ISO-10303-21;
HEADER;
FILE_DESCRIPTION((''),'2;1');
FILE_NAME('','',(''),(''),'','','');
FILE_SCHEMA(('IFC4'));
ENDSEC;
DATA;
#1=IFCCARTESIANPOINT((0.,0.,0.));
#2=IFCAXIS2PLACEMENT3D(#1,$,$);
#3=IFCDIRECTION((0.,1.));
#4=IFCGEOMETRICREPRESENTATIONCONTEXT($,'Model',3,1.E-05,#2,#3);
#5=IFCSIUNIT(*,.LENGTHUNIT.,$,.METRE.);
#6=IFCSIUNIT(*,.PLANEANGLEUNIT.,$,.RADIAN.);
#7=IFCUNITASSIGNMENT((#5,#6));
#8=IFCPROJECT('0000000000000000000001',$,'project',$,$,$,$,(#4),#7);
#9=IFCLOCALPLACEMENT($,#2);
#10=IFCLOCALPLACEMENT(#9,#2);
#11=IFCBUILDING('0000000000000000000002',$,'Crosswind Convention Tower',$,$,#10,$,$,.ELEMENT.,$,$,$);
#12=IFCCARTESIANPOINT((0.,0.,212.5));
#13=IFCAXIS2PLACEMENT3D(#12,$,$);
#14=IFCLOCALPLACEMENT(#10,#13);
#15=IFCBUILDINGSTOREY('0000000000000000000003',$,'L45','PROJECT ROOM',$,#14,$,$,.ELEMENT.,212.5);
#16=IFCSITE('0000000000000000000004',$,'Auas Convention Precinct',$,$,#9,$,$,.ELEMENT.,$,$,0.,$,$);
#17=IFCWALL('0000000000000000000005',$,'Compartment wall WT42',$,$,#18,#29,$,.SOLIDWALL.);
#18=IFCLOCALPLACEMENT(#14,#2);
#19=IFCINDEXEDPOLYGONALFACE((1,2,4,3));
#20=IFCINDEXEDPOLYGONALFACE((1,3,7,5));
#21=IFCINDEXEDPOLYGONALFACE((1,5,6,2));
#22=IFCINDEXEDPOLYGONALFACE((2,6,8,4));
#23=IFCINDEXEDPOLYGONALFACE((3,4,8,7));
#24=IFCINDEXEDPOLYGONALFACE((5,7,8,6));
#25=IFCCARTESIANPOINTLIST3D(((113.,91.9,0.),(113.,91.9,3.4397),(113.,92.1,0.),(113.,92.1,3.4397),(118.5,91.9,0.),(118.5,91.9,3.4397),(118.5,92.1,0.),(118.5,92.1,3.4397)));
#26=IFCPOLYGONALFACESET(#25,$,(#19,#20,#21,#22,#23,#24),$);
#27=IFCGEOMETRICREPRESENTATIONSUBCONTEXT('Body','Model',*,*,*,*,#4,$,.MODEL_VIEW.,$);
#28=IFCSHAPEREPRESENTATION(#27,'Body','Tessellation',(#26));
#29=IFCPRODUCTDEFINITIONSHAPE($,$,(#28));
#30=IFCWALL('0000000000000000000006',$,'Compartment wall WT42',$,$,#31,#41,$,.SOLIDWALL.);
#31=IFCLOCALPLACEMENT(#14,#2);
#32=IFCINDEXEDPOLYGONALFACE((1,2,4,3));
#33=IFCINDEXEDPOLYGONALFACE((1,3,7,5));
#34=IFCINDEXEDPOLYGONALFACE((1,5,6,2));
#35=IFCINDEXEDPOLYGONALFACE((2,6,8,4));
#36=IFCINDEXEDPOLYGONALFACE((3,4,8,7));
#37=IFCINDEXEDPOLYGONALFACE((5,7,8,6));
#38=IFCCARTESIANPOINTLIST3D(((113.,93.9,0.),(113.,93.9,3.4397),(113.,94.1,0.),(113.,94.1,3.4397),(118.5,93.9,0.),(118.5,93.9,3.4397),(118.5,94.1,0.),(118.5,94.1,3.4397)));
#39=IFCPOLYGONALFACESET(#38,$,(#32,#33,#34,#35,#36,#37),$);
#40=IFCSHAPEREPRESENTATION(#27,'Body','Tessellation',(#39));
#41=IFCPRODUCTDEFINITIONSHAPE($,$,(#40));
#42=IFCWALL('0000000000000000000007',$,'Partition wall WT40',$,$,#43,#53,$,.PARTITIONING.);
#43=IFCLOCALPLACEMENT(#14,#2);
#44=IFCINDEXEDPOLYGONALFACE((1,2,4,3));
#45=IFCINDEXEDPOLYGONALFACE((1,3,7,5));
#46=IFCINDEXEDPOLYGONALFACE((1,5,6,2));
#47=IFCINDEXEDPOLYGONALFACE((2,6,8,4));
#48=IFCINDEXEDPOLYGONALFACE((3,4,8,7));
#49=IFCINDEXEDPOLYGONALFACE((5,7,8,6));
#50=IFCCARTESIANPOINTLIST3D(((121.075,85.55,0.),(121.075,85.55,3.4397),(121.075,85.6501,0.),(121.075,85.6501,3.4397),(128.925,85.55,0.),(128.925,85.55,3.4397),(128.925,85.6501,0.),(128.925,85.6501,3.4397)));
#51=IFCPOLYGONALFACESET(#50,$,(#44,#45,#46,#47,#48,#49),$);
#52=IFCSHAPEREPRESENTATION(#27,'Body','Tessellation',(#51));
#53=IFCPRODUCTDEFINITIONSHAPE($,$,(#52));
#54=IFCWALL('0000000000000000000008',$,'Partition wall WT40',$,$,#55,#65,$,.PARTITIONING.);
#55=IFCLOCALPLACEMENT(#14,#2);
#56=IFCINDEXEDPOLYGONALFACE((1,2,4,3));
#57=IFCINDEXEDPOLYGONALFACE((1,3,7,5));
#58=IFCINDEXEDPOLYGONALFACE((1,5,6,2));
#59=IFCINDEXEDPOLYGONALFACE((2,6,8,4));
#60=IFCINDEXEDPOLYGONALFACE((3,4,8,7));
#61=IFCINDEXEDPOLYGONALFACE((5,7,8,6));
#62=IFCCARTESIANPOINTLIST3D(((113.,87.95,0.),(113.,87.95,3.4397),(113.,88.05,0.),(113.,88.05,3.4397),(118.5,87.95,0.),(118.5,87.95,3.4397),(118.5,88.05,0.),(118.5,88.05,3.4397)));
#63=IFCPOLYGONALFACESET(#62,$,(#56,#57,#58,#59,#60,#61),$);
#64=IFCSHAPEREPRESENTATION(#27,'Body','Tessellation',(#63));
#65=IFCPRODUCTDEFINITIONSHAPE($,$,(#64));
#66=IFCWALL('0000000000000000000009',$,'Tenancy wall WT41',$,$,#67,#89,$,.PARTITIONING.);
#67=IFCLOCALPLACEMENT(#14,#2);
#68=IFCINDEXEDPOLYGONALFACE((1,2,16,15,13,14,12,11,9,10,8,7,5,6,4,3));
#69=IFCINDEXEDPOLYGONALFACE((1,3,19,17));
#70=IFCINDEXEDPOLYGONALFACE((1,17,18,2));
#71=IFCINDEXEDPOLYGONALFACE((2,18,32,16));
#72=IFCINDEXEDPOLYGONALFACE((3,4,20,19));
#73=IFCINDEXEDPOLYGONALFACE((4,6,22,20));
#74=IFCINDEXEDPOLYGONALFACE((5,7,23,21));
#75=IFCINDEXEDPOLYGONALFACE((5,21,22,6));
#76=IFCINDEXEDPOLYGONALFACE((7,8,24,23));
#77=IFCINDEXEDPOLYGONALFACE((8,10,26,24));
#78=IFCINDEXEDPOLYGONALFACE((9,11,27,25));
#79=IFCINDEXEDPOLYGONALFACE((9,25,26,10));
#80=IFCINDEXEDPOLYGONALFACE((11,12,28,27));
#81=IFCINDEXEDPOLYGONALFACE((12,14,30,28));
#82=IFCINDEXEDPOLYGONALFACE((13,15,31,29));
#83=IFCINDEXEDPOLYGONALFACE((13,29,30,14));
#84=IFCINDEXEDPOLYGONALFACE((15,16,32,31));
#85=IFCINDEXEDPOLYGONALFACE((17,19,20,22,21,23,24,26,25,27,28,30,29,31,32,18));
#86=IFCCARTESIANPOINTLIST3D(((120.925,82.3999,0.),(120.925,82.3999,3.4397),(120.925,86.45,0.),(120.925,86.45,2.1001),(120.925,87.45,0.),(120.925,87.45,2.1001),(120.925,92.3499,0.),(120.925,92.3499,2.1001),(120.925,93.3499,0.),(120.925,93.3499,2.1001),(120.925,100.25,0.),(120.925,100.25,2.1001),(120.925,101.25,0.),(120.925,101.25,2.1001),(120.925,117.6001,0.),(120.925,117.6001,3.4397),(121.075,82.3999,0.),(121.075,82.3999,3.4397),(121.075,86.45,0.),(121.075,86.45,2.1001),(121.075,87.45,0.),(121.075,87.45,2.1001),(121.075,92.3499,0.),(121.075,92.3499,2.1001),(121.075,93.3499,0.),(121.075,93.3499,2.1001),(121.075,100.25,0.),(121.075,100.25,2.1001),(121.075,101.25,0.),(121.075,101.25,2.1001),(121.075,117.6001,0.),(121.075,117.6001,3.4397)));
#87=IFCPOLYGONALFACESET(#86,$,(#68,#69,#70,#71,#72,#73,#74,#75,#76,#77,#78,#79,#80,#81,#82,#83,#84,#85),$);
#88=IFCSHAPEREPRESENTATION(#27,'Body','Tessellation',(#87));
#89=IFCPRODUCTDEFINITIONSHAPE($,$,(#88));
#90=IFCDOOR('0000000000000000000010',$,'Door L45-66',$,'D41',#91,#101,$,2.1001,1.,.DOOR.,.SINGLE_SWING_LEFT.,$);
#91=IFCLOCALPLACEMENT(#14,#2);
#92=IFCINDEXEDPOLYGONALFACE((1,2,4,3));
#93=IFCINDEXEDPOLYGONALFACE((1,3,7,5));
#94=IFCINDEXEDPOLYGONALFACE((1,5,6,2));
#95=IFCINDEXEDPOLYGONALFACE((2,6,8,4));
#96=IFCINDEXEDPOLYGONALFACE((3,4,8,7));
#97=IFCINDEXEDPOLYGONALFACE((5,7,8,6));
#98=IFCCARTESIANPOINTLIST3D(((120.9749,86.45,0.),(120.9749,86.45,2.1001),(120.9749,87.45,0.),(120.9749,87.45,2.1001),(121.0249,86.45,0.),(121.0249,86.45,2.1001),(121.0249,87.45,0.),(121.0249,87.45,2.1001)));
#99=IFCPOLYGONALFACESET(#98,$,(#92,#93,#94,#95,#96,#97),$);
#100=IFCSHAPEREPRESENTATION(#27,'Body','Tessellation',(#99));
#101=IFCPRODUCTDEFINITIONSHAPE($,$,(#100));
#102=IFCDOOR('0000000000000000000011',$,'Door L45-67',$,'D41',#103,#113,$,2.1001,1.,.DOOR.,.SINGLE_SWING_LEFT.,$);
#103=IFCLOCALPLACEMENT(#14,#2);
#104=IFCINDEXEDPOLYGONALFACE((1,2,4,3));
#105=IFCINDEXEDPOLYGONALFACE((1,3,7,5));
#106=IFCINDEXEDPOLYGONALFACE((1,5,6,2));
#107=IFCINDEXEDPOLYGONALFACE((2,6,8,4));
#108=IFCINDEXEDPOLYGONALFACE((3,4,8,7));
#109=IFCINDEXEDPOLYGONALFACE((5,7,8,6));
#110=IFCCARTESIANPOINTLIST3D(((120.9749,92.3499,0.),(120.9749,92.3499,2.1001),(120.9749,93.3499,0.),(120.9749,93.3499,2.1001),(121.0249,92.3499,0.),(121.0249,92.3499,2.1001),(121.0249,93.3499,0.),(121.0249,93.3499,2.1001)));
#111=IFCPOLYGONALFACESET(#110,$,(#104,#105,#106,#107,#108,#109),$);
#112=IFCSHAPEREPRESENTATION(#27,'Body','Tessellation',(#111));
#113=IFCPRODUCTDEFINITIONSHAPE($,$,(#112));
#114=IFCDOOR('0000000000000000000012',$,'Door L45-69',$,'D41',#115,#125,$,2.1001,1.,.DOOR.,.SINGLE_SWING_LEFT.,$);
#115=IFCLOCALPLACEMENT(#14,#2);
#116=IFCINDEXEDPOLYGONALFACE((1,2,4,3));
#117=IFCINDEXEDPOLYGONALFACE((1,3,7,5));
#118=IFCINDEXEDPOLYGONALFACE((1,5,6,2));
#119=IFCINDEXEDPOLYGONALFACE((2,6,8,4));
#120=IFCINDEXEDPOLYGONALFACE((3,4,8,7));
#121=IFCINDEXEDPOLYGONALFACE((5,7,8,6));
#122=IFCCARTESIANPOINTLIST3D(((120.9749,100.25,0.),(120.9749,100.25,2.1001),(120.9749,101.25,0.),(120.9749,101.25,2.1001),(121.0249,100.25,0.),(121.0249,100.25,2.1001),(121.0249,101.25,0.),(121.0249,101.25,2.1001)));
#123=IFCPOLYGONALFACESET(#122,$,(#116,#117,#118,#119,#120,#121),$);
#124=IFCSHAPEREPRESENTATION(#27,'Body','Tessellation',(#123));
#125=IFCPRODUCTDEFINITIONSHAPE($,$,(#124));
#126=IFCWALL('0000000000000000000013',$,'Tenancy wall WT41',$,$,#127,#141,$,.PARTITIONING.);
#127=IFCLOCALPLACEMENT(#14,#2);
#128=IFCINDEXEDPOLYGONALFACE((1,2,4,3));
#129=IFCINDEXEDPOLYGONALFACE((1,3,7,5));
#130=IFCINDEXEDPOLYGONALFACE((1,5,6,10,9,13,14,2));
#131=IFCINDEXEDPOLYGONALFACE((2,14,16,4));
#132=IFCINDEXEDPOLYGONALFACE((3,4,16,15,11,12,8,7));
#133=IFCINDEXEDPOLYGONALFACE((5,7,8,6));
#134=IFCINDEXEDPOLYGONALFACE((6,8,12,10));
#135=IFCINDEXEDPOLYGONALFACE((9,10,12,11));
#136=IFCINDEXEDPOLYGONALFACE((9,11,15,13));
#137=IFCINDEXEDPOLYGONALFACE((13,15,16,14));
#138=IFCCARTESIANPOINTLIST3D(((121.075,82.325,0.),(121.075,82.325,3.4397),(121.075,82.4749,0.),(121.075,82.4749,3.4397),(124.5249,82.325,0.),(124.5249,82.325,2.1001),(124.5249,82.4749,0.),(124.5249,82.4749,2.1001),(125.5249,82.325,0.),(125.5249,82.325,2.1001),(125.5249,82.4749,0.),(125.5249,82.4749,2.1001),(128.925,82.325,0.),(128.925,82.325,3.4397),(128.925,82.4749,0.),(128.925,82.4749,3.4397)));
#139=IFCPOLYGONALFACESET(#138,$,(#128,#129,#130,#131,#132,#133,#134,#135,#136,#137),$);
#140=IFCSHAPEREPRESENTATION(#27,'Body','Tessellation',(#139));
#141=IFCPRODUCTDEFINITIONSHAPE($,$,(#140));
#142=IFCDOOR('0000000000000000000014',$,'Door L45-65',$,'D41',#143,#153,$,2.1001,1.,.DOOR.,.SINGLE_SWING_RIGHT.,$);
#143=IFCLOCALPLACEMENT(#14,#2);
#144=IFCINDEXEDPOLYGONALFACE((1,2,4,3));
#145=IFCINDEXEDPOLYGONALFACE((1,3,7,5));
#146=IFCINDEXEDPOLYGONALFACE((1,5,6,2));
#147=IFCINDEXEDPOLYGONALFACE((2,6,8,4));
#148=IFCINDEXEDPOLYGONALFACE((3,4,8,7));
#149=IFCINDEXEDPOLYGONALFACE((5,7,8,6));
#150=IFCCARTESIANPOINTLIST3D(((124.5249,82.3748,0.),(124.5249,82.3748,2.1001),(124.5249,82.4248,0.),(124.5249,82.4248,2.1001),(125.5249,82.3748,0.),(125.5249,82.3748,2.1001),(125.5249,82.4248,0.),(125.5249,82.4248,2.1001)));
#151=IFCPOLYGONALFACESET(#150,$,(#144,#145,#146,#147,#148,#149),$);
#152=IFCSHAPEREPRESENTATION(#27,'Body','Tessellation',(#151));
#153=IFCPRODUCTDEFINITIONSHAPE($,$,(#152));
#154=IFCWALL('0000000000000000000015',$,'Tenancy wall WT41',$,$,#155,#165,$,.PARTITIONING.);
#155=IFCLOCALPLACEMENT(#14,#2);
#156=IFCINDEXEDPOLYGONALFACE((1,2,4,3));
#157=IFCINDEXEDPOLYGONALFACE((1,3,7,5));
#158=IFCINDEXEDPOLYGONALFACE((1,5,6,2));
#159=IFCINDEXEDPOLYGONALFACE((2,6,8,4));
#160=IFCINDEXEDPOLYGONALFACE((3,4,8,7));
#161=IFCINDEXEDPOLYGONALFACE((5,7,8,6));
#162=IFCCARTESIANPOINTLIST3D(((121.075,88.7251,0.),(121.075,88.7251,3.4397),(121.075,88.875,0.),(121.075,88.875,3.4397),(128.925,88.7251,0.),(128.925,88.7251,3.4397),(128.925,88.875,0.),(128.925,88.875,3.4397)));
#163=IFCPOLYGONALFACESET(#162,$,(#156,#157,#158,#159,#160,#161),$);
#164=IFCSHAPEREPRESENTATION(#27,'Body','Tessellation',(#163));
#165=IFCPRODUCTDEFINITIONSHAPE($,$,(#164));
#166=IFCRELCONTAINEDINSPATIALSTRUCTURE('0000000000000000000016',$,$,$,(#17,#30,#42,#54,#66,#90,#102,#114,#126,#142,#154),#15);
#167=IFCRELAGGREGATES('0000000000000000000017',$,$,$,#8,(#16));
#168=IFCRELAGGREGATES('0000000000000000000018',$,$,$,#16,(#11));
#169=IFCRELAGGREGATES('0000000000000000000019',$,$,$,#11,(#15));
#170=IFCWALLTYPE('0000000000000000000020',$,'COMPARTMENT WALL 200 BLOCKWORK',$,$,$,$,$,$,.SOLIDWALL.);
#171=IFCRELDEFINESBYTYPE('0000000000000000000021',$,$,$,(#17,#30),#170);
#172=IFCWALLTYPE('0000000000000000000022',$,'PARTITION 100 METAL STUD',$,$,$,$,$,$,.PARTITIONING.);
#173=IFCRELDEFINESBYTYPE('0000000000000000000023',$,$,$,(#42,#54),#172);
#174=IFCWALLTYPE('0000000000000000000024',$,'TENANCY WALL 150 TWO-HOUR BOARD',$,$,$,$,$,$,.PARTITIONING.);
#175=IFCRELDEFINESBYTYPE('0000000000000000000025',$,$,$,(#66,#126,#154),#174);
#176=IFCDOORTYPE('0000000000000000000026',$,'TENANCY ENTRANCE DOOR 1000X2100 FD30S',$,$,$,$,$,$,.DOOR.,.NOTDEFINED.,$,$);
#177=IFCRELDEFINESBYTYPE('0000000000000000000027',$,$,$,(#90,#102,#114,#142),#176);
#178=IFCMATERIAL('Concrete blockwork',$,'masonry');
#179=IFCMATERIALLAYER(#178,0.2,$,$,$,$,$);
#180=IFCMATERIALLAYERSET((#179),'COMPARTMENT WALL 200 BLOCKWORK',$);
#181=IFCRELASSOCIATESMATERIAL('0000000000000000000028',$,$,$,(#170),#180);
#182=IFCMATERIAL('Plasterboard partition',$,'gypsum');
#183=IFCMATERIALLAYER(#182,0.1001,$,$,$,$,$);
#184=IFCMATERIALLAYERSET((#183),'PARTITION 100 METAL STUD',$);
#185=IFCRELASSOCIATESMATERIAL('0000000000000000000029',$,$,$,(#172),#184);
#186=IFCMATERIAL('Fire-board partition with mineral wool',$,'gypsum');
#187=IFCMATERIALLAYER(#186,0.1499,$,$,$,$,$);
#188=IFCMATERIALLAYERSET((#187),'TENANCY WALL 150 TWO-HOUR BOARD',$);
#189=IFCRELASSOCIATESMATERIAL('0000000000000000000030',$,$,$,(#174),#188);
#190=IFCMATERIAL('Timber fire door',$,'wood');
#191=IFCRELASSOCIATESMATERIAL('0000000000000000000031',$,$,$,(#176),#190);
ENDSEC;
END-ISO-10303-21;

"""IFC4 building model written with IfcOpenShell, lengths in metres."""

from ifc_helpers import new_model, si_unit, direction, frame, frame_2d, origin, place, context, subcontext, project, spatial, rectangle, extrude, material, layer, layer_set, type_object, element, fill, save


model = new_model("IFC4")

# Units and contexts
model_context = context("Model", 3, precision=1e-05, world=origin(), true_north=direction((0.0, 1.0)))
body_context = subcontext(model_context, "Body", "Model", "MODEL_VIEW")
ifc_project = project(units=[si_unit("LENGTHUNIT", "METRE"), si_unit("PLANEANGLEUNIT", "RADIAN")], contexts=[model_context])

# Site, building, storey
site_placement = place(None, origin())
site = spatial("IfcSite", under=ifc_project, at=site_placement, Name="Auas Convention Precinct", CompositionType="ELEMENT", RefElevation=0.0)
building_placement = place(site_placement, origin())
building = spatial("IfcBuilding", under=site, at=building_placement, Name="Crosswind Convention Tower", CompositionType="ELEMENT")
storey_placement = place(building_placement, frame((0.0, 0.0, 212.5)))
storey = spatial("IfcBuildingStorey", under=building, at=storey_placement, Name="L45", Description="PROJECT ROOM", CompositionType="ELEMENT", Elevation=212.5)

# Walls
ifc_material_1 = material(Name="Concrete blockwork", Category="masonry")
ifc_layer_1 = layer(ifc_material_1, 0.2)
ifc_layer_set_1 = layer_set([ifc_layer_1], Name="COMPARTMENT WALL 200 BLOCKWORK")
wall_type_1 = type_object("IfcWallType", Name="COMPARTMENT WALL 200 BLOCKWORK", PredefinedType="SOLIDWALL", material=ifc_layer_set_1)
for number, where, z_axis, x_axis, name in (
    (1, (113.0, 92.0, 0.0), (0.0, 0.0, 1.0), (1.0, 0.0, 0.0), "Compartment wall WT42"),
    (2, (113.0, 94.0, 0.0), (0.0, 0.0, 1.0), (1.0, 0.0, 0.0), "Compartment wall WT42"),
):
    element("IfcWall", number, at=place(storey_placement, frame(where, z_axis=z_axis, x_axis=x_axis)), inside=storey, type_object=wall_type_1, Name=name, PredefinedType="SOLIDWALL", context=body_context, shape_type="SweptSolid", body=[
        extrude(rectangle(XDim=5.5, YDim=0.2, at=frame_2d((2.75, 0.0))), origin(), (0.0, 0.0, 1.0), 3.4397),
    ])
ifc_material_2 = material(Name="Plasterboard partition", Category="gypsum")
ifc_layer_2 = layer(ifc_material_2, 0.1001)
ifc_layer_set_2 = layer_set([ifc_layer_2], Name="PARTITION 100 METAL STUD")
wall_type_2 = type_object("IfcWallType", Name="PARTITION 100 METAL STUD", PredefinedType="PARTITIONING", material=ifc_layer_set_2)
wall_1_placement = place(storey_placement, frame((121.075, 85.6001, 0.0), z_axis=(0.0, 0.0, 1.0), x_axis=(1.0, 0.0, 0.0)))
element("IfcWall", 3, at=wall_1_placement, inside=storey, type_object=wall_type_2, Name="Partition wall WT40", PredefinedType="PARTITIONING", context=body_context, shape_type="SweptSolid", body=[
    extrude(rectangle(XDim=7.8501, YDim=0.1001, at=frame_2d((3.925, 0.0))), origin(), (0.0, 0.0, 1.0), 3.4397),
])
wall_2_placement = place(storey_placement, frame((113.0, 88.0, 0.0), z_axis=(0.0, 0.0, 1.0), x_axis=(1.0, 0.0, 0.0)))
element("IfcWall", 4, at=wall_2_placement, inside=storey, type_object=wall_type_2, Name="Partition wall WT40", PredefinedType="PARTITIONING", context=body_context, shape_type="SweptSolid", body=[
    extrude(rectangle(XDim=5.5, YDim=0.1001, at=frame_2d((2.75, 0.0))), origin(), (0.0, 0.0, 1.0), 3.4397),
])

# Wall, openings, doors
ifc_material_3 = material(Name="Fire-board partition with mineral wool", Category="gypsum")
ifc_layer_3 = layer(ifc_material_3, 0.1499)
ifc_layer_set_3 = layer_set([ifc_layer_3], Name="TENANCY WALL 150 TWO-HOUR BOARD")
wall_type_3 = type_object("IfcWallType", Name="TENANCY WALL 150 TWO-HOUR BOARD", PredefinedType="PARTITIONING", material=ifc_layer_set_3)
wall_3_placement = place(storey_placement, frame((121.0, 82.3999, 0.0), z_axis=(0.0, 0.0, 1.0), x_axis=(0.0, 1.0, 0.0)))
wall_3 = element("IfcWall", 5, at=wall_3_placement, inside=storey, type_object=wall_type_3, Name="Tenancy wall WT41", PredefinedType="PARTITIONING", context=body_context, shape_type="SweptSolid", body=[
    extrude(rectangle(XDim=35.2002, YDim=0.1499, at=frame_2d((17.6001, 0.0))), origin(), (0.0, 0.0, 1.0), 3.4397),
])
opening_1_placement = place(wall_3_placement, frame((4.05, 0.0, 0.0)))
opening_1 = element("IfcOpeningElement", 6, at=opening_1_placement, cuts=wall_3, PredefinedType="OPENING", context=body_context, shape_type="SweptSolid", body=[
    extrude(rectangle(XDim=1.0, YDim=2.1001, at=frame_2d((0.5, 1.05))), frame((0.0, 0.085, 0.0), z_axis=(0.0, -1.0, 0.0), x_axis=(1.0, 0.0, 0.0)), (0.0, 0.0, 1.0), 0.1699),
])
opening_2_placement = place(wall_3_placement, frame((9.95, 0.0, 0.0)))
opening_2 = element("IfcOpeningElement", 7, at=opening_2_placement, cuts=wall_3, PredefinedType="OPENING", context=body_context, shape_type="SweptSolid", body=[
    extrude(rectangle(XDim=1.0, YDim=2.1001, at=frame_2d((0.5, 1.05))), frame((0.0, 0.085, 0.0), z_axis=(0.0, -1.0, 0.0), x_axis=(1.0, 0.0, 0.0)), (0.0, 0.0, 1.0), 0.1699),
])
opening_3_placement = place(wall_3_placement, frame((17.8501, 0.0, 0.0)))
opening_3 = element("IfcOpeningElement", 8, at=opening_3_placement, cuts=wall_3, PredefinedType="OPENING", context=body_context, shape_type="SweptSolid", body=[
    extrude(rectangle(XDim=1.0, YDim=2.1001, at=frame_2d((0.5, 1.05))), frame((0.0, 0.085, 0.0), z_axis=(0.0, -1.0, 0.0), x_axis=(1.0, 0.0, 0.0)), (0.0, 0.0, 1.0), 0.1699),
])
ifc_material_4 = material(Name="Timber fire door", Category="wood")
door_type = type_object("IfcDoorType", Name="TENANCY ENTRANCE DOOR 1000X2100 FD30S", OperationType="NOTDEFINED", PredefinedType="DOOR", material=ifc_material_4)
door_1_placement = place(opening_1_placement, frame((1.0, 0.0, 0.0), z_axis=(0.0, 0.0, 1.0), x_axis=(-1.0, 0.0, 0.0)))
door_1 = element("IfcDoor", 9, at=door_1_placement, inside=storey, type_object=door_type, Name="Door L45-66", ObjectType="D41", OperationType="SINGLE_SWING_LEFT", OverallHeight=2.1001, OverallWidth=1.0, PredefinedType="DOOR", context=body_context, shape_type="SweptSolid", body=[
    extrude(rectangle(XDim=1.0, YDim=2.1001, at=frame_2d((0.5, 1.05))), frame((0.0, 0.0249, 0.0), z_axis=(0.0, -1.0, 0.0), x_axis=(1.0, 0.0, 0.0)), (0.0, 0.0, 1.0), 0.05),
])
fill(opening_1, door_1)
door_2_placement = place(opening_2_placement, frame((1.0, 0.0, 0.0), z_axis=(0.0, 0.0, 1.0), x_axis=(-1.0, 0.0, 0.0)))
door_2 = element("IfcDoor", 10, at=door_2_placement, inside=storey, type_object=door_type, Name="Door L45-67", ObjectType="D41", OperationType="SINGLE_SWING_LEFT", OverallHeight=2.1001, OverallWidth=1.0, PredefinedType="DOOR", context=body_context, shape_type="SweptSolid", body=[
    extrude(rectangle(XDim=1.0, YDim=2.1001, at=frame_2d((0.5, 1.05))), frame((0.0, 0.0249, 0.0), z_axis=(0.0, -1.0, 0.0), x_axis=(1.0, 0.0, 0.0)), (0.0, 0.0, 1.0), 0.05),
])
fill(opening_2, door_2)
door_3_placement = place(opening_3_placement, frame((1.0, 0.0, 0.0), z_axis=(0.0, 0.0, 1.0), x_axis=(-1.0, 0.0, 0.0)))
door_3 = element("IfcDoor", 11, at=door_3_placement, inside=storey, type_object=door_type, Name="Door L45-69", ObjectType="D41", OperationType="SINGLE_SWING_LEFT", OverallHeight=2.1001, OverallWidth=1.0, PredefinedType="DOOR", context=body_context, shape_type="SweptSolid", body=[
    extrude(rectangle(XDim=1.0, YDim=2.1001, at=frame_2d((0.5, 1.05))), frame((0.0, 0.0249, 0.0), z_axis=(0.0, -1.0, 0.0), x_axis=(1.0, 0.0, 0.0)), (0.0, 0.0, 1.0), 0.05),
])
fill(opening_3, door_3)

# Wall, opening, door
wall_4_placement = place(storey_placement, frame((121.075, 82.3999, 0.0), z_axis=(0.0, 0.0, 1.0), x_axis=(1.0, 0.0, 0.0)))
wall_4 = element("IfcWall", 12, at=wall_4_placement, inside=storey, type_object=wall_type_3, Name="Tenancy wall WT41", PredefinedType="PARTITIONING", context=body_context, shape_type="SweptSolid", body=[
    extrude(rectangle(XDim=7.8501, YDim=0.1499, at=frame_2d((3.925, 0.0))), origin(), (0.0, 0.0, 1.0), 3.4397),
])
opening_4_placement = place(wall_4_placement, frame((3.45, 0.0, 0.0)))
opening_4 = element("IfcOpeningElement", 13, at=opening_4_placement, cuts=wall_4, PredefinedType="OPENING", context=body_context, shape_type="SweptSolid", body=[
    extrude(rectangle(XDim=1.0, YDim=2.1001, at=frame_2d((0.5, 1.05))), frame((0.0, 0.085, 0.0), z_axis=(0.0, -1.0, 0.0), x_axis=(1.0, 0.0, 0.0)), (0.0, 0.0, 1.0), 0.1699),
])
door_4_placement = place(opening_4_placement, origin())
door_4 = element("IfcDoor", 14, at=door_4_placement, inside=storey, type_object=door_type, Name="Door L45-65", ObjectType="D41", OperationType="SINGLE_SWING_RIGHT", OverallHeight=2.1001, OverallWidth=1.0, PredefinedType="DOOR", context=body_context, shape_type="SweptSolid", body=[
    extrude(rectangle(XDim=1.0, YDim=2.1001, at=frame_2d((0.5, 1.05))), frame((0.0, 0.0249, 0.0), z_axis=(0.0, -1.0, 0.0), x_axis=(1.0, 0.0, 0.0)), (0.0, 0.0, 1.0), 0.05),
])
fill(opening_4, door_4)

# Wall
wall_5_placement = place(storey_placement, frame((121.075, 88.8, 0.0), z_axis=(0.0, 0.0, 1.0), x_axis=(1.0, 0.0, 0.0)))
element("IfcWall", 15, at=wall_5_placement, inside=storey, type_object=wall_type_3, Name="Tenancy wall WT41", PredefinedType="PARTITIONING", context=body_context, shape_type="SweptSolid", body=[
    extrude(rectangle(XDim=7.8501, YDim=0.1499, at=frame_2d((3.925, 0.0))), origin(), (0.0, 0.0, 1.0), 3.4397),
])

save(model, "model.ifc")
